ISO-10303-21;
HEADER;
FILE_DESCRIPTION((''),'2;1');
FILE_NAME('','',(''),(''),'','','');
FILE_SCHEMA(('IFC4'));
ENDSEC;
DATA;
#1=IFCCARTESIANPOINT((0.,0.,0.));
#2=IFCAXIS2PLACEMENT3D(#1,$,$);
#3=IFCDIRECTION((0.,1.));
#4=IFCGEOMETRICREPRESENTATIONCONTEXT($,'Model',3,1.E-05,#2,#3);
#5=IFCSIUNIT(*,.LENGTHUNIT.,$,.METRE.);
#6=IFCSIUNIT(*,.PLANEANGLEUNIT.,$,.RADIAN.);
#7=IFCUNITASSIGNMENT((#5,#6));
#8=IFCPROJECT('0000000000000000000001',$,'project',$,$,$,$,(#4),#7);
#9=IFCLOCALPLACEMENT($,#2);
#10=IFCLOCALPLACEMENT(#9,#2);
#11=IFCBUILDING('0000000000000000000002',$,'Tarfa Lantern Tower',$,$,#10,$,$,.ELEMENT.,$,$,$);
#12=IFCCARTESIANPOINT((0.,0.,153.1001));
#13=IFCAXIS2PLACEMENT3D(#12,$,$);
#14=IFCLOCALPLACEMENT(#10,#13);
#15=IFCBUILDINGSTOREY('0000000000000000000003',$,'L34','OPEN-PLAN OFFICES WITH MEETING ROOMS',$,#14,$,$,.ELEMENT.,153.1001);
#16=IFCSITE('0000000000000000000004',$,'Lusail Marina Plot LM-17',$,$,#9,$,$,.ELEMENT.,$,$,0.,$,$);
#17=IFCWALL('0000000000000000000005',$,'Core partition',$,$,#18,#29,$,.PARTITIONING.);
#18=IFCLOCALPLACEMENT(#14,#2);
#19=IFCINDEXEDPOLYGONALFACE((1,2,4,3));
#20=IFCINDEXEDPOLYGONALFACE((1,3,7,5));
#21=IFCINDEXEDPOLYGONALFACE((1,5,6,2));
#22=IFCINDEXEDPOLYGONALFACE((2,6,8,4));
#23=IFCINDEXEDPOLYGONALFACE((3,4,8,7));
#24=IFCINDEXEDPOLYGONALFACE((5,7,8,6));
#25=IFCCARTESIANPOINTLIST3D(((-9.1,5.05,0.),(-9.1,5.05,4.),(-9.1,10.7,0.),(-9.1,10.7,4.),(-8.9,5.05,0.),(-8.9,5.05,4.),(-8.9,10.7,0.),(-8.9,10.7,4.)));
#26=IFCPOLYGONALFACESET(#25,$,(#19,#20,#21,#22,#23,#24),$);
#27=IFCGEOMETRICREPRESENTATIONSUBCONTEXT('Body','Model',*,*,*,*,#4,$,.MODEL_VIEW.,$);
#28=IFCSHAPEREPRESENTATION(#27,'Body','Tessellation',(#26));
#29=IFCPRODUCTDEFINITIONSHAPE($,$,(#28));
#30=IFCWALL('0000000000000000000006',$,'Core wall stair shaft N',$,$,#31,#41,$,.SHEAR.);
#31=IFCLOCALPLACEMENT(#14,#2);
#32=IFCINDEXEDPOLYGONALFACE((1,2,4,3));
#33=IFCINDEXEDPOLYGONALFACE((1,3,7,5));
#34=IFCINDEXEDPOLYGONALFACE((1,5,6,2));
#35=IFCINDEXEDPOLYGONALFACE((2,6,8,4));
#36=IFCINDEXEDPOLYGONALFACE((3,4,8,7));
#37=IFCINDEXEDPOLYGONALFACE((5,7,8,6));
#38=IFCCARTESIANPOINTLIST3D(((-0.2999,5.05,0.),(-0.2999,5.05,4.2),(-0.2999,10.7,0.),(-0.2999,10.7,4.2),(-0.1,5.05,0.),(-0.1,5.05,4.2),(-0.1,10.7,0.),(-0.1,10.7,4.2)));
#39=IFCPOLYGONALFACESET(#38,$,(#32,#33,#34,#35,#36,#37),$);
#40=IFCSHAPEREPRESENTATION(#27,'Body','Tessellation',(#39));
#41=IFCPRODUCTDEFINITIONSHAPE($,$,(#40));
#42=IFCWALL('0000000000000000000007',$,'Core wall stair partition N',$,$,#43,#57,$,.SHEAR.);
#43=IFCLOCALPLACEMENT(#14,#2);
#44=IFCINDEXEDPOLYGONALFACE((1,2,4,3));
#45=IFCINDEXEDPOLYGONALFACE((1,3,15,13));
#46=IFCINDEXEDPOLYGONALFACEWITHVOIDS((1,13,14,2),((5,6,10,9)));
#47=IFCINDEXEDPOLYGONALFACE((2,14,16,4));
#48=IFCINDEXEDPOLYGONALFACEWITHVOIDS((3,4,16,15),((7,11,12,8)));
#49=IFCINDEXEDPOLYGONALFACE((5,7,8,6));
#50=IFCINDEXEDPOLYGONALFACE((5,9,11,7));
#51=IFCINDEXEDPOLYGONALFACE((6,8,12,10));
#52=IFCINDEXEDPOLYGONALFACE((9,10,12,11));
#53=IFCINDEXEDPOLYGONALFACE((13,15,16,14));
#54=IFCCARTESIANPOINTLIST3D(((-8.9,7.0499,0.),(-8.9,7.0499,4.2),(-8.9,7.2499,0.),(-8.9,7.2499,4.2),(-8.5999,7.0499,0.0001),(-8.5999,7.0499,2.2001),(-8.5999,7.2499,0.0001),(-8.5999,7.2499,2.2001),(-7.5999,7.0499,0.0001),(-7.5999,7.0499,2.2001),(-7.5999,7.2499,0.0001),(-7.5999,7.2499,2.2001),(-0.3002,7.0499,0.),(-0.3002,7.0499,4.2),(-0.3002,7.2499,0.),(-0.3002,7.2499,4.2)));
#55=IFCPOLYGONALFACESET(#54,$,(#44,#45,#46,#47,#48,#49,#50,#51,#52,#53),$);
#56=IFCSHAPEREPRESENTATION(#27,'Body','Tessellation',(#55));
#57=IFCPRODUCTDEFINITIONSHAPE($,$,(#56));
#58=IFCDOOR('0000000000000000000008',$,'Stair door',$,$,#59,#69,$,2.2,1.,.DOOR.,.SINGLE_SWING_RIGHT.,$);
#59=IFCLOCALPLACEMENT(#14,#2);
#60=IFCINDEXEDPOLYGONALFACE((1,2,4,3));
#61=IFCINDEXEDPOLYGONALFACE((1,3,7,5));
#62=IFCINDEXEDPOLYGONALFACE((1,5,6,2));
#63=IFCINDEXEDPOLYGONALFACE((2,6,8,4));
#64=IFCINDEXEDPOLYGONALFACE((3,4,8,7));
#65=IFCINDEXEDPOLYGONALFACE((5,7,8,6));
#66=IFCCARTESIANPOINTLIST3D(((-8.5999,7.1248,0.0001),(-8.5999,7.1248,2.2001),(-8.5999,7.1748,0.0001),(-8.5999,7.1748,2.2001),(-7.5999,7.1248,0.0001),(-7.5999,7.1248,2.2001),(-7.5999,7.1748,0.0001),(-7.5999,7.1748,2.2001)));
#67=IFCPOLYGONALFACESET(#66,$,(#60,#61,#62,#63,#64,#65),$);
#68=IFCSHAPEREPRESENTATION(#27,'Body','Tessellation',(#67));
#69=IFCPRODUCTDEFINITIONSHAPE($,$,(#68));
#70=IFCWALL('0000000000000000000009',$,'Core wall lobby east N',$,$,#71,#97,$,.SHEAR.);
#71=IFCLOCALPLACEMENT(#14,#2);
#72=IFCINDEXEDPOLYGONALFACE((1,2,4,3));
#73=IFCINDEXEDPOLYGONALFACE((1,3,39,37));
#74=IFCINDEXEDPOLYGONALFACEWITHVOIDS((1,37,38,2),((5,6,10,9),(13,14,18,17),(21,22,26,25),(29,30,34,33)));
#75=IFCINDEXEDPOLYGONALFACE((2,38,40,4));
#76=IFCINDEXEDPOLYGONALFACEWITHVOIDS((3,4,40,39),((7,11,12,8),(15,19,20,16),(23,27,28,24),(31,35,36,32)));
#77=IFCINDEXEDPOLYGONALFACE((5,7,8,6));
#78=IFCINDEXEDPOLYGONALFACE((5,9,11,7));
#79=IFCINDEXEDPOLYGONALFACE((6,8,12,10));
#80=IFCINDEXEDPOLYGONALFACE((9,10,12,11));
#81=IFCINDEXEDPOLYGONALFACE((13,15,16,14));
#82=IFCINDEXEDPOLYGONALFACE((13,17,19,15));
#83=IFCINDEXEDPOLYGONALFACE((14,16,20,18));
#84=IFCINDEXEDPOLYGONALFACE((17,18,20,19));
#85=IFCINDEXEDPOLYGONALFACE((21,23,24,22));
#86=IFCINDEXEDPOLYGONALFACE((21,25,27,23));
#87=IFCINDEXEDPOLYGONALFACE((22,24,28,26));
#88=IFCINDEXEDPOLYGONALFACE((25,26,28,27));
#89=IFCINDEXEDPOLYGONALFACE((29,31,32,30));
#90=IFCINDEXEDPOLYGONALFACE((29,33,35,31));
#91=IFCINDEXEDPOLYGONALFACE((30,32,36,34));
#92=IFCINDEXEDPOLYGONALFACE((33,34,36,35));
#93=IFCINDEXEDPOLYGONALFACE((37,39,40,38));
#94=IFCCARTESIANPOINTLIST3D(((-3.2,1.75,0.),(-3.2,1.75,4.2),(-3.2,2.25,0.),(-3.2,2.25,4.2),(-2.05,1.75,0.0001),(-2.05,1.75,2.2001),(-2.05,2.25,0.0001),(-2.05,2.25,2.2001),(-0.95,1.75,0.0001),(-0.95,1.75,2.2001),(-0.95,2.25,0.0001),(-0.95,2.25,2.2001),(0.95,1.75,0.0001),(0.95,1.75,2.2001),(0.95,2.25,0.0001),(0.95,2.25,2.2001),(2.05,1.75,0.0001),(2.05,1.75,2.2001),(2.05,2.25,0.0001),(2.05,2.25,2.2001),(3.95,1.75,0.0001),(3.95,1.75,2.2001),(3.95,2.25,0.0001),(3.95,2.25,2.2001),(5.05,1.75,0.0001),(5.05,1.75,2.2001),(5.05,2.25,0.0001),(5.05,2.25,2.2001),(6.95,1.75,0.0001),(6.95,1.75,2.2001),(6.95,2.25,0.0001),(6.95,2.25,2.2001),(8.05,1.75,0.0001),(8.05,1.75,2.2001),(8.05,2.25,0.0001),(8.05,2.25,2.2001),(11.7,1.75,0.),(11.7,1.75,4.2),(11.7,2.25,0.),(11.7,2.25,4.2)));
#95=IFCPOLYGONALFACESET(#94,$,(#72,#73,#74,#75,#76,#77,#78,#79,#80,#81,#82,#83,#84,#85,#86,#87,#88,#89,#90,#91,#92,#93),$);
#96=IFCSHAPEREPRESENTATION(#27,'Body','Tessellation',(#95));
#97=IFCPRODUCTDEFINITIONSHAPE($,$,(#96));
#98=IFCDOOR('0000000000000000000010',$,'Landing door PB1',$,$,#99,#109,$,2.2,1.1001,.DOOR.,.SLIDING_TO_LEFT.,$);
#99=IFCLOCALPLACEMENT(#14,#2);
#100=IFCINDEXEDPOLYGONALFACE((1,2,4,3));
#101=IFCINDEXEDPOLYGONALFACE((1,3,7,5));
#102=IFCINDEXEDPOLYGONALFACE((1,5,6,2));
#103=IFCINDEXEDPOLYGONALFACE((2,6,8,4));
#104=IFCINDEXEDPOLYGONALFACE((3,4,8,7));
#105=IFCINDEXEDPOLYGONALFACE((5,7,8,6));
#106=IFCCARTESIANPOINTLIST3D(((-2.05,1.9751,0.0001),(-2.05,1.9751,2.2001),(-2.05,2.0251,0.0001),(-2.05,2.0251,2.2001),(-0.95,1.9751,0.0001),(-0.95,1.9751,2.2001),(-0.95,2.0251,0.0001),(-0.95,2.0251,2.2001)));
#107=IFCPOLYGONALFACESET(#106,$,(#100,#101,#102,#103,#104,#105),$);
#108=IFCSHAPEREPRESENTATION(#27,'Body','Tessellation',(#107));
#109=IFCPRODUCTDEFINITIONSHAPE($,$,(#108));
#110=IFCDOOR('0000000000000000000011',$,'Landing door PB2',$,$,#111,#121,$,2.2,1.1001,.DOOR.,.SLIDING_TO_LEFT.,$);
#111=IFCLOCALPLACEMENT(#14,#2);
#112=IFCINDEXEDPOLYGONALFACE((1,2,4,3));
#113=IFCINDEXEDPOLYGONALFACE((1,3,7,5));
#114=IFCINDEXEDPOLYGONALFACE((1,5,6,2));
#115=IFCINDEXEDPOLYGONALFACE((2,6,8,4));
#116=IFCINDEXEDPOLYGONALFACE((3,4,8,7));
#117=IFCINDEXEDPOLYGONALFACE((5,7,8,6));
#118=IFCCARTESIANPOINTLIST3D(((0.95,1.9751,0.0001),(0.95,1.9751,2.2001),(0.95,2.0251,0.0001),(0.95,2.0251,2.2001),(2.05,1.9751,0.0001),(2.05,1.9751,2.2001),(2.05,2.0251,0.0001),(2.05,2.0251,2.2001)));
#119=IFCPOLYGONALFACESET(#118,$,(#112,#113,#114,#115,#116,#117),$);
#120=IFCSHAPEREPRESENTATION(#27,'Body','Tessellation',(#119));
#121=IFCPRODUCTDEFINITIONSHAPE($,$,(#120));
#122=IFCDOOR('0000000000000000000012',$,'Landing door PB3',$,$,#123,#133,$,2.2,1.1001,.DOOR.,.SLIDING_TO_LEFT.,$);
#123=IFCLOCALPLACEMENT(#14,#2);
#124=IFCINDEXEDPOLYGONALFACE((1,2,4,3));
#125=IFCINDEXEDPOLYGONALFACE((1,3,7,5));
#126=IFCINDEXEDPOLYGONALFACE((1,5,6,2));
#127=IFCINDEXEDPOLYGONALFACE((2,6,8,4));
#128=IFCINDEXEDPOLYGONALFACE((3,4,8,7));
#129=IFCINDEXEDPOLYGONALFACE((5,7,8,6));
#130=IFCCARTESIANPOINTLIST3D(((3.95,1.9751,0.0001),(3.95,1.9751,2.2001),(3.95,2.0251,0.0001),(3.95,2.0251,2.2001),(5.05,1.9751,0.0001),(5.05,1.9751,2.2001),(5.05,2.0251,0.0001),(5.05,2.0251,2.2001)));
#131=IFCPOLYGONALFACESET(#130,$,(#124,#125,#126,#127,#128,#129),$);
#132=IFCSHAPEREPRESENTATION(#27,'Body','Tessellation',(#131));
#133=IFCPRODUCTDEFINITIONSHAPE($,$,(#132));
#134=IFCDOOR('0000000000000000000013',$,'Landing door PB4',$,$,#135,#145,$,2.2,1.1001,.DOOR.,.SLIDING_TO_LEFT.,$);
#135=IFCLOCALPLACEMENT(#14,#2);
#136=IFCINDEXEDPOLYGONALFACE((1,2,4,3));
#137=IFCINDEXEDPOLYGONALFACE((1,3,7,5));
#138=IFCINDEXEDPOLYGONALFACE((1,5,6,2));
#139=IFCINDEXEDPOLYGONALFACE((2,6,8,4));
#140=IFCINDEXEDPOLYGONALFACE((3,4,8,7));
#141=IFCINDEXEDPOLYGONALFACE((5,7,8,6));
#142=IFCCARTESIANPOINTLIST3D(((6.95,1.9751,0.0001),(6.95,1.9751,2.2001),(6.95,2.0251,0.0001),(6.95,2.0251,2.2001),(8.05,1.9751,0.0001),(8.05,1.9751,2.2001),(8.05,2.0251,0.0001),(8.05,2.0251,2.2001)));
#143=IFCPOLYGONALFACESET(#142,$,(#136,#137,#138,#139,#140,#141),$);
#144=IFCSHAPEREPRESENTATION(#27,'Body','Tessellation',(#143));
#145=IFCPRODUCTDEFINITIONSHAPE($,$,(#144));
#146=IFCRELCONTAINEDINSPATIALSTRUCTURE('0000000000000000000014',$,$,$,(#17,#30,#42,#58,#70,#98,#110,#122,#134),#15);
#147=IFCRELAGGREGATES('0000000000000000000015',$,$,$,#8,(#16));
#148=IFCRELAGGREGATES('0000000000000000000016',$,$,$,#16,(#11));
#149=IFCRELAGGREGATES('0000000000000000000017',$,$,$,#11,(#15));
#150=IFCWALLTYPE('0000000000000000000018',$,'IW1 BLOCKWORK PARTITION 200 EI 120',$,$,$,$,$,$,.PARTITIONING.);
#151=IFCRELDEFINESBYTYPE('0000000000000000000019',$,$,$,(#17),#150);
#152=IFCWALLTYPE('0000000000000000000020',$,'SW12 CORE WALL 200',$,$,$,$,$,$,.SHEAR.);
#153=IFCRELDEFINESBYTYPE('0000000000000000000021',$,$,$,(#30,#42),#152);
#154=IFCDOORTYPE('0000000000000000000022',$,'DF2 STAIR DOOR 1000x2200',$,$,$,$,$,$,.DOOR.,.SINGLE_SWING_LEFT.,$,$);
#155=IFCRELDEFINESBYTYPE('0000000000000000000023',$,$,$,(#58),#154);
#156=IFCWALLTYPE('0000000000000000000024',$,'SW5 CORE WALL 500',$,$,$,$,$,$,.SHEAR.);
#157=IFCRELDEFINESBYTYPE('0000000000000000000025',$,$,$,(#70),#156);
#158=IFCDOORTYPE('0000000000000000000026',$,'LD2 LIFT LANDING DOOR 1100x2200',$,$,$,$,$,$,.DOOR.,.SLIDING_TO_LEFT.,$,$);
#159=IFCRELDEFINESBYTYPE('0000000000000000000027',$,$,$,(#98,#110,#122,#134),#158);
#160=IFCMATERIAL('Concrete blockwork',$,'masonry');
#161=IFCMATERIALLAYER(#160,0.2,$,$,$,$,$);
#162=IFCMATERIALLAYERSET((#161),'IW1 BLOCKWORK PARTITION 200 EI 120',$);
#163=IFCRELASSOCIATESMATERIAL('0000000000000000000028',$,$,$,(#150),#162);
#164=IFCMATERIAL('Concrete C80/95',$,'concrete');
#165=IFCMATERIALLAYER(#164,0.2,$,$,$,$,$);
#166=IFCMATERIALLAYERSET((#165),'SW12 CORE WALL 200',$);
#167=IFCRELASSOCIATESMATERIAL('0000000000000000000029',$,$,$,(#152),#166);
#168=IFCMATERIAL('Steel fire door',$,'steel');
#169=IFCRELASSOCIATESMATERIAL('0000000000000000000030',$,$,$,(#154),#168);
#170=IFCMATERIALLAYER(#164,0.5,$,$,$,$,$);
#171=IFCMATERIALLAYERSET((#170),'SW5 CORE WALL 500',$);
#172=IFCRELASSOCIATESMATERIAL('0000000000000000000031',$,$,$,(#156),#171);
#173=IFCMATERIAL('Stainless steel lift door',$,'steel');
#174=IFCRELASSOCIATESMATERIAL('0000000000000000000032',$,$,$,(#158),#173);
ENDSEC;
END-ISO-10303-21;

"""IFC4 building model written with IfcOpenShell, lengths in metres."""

from ifc_helpers import new_model, si_unit, direction, frame, frame_2d, origin, place, context, subcontext, project, spatial, rectangle, extrude, material, layer, layer_set, type_object, element, fill, save


model = new_model("IFC4")

# Units and contexts
model_context = context("Model", 3, precision=1e-05, world=origin(), true_north=direction((0.0, 1.0)))
body_context = subcontext(model_context, "Body", "Model", "MODEL_VIEW")
ifc_project = project(units=[si_unit("LENGTHUNIT", "METRE"), si_unit("PLANEANGLEUNIT", "RADIAN")], contexts=[model_context])

# Site, building, storey
site_placement = place(None, origin())
site = spatial("IfcSite", under=ifc_project, at=site_placement, Name="Lusail Marina Plot LM-17", CompositionType="ELEMENT", RefElevation=0.0)
building_placement = place(site_placement, origin())
building = spatial("IfcBuilding", under=site, at=building_placement, Name="Tarfa Lantern Tower", CompositionType="ELEMENT")
storey_placement = place(building_placement, frame((0.0, 0.0, 153.1001)))
storey = spatial("IfcBuildingStorey", under=building, at=storey_placement, Name="L34", Description="OPEN-PLAN OFFICES WITH MEETING ROOMS", CompositionType="ELEMENT", Elevation=153.1001)

# Walls
ifc_material_1 = material(Name="Concrete blockwork", Category="masonry")
ifc_layer_1 = layer(ifc_material_1, 0.2)
ifc_layer_set_1 = layer_set([ifc_layer_1], Name="IW1 BLOCKWORK PARTITION 200 EI 120")
wall_type_1 = type_object("IfcWallType", Name="IW1 BLOCKWORK PARTITION 200 EI 120", PredefinedType="PARTITIONING", material=ifc_layer_set_1)
wall_1_placement = place(storey_placement, frame((-9.0, 5.05, 0.0), z_axis=(0.0, 0.0, 1.0), x_axis=(0.0, 1.0, 0.0)))
element("IfcWall", 1, at=wall_1_placement, inside=storey, type_object=wall_type_1, Name="Core partition", PredefinedType="PARTITIONING", context=body_context, shape_type="SweptSolid", body=[
    extrude(rectangle(XDim=5.6499, YDim=0.2, at=frame_2d((2.825, 0.0))), origin(), (0.0, 0.0, 1.0), 4.0),
])
ifc_material_2 = material(Name="Concrete C80/95", Category="concrete")
ifc_layer_2 = layer(ifc_material_2, 0.2)
ifc_layer_set_2 = layer_set([ifc_layer_2], Name="SW12 CORE WALL 200")
wall_type_2 = type_object("IfcWallType", Name="SW12 CORE WALL 200", PredefinedType="SHEAR", material=ifc_layer_set_2)
wall_2_placement = place(storey_placement, frame((-0.2, 5.05, 0.0), z_axis=(0.0, 0.0, 1.0), x_axis=(0.0, 1.0, 0.0)))
element("IfcWall", 2, at=wall_2_placement, inside=storey, type_object=wall_type_2, Name="Core wall stair shaft N", PredefinedType="SHEAR", context=body_context, shape_type="SweptSolid", body=[
    extrude(rectangle(XDim=5.6499, YDim=0.2, at=frame_2d((2.825, 0.0))), origin(), (0.0, 0.0, 1.0), 4.2),
])

# Wall, opening, door
wall_3_placement = place(storey_placement, frame((-8.8999, 7.1499, 0.0), z_axis=(0.0, 0.0, 1.0), x_axis=(1.0, 0.0, 0.0)))
wall_3 = element("IfcWall", 3, at=wall_3_placement, inside=storey, type_object=wall_type_2, Name="Core wall stair partition N", PredefinedType="SHEAR", context=body_context, shape_type="SweptSolid", body=[
    extrude(rectangle(XDim=8.5999, YDim=0.2, at=frame_2d((4.2998, 0.0))), origin(), (0.0, 0.0, 1.0), 4.2),
])
opening_1_placement = place(wall_3_placement, frame((0.3, 0.0, 0.0)))
opening_1 = element("IfcOpeningElement", 4, at=opening_1_placement, cuts=wall_3, PredefinedType="OPENING", context=body_context, shape_type="SweptSolid", body=[
    extrude(rectangle(XDim=1.0, YDim=2.2, at=frame_2d((0.5, 1.1001))), frame((0.0, 0.1099, 0.0), z_axis=(0.0, -1.0, 0.0), x_axis=(1.0, 0.0, 0.0)), (0.0, 0.0, 1.0), 0.22),
])
ifc_material_3 = material(Name="Steel fire door", Category="steel")
door_type_1 = type_object("IfcDoorType", Name="DF2 STAIR DOOR 1000x2200", OperationType="SINGLE_SWING_LEFT", PredefinedType="DOOR", material=ifc_material_3)
door_1_placement = place(opening_1_placement, origin())
door_1 = element("IfcDoor", 5, at=door_1_placement, inside=storey, type_object=door_type_1, Name="Stair door", OperationType="SINGLE_SWING_RIGHT", OverallHeight=2.2, OverallWidth=1.0, PredefinedType="DOOR", context=body_context, shape_type="SweptSolid", body=[
    extrude(rectangle(XDim=1.0, YDim=2.2, at=frame_2d((0.5, 1.1001))), frame((0.0, 0.0249, 0.0), z_axis=(0.0, -1.0, 0.0), x_axis=(1.0, 0.0, 0.0)), (0.0, 0.0, 1.0), 0.05),
])
fill(opening_1, door_1)

# Wall, openings, doors
ifc_layer_3 = layer(ifc_material_2, 0.5)
ifc_layer_set_3 = layer_set([ifc_layer_3], Name="SW5 CORE WALL 500")
wall_type_3 = type_object("IfcWallType", Name="SW5 CORE WALL 500", PredefinedType="SHEAR", material=ifc_layer_set_3)
wall_4_placement = place(storey_placement, frame((-3.2, 2.0, 0.0), z_axis=(0.0, 0.0, 1.0), x_axis=(1.0, 0.0, 0.0)))
wall_4 = element("IfcWall", 6, at=wall_4_placement, inside=storey, type_object=wall_type_3, Name="Core wall lobby east N", PredefinedType="SHEAR", context=body_context, shape_type="SweptSolid", body=[
    extrude(rectangle(XDim=14.8999, YDim=0.5, at=frame_2d((7.45, 0.0))), origin(), (0.0, 0.0, 1.0), 4.2),
])
opening_2_placement = place(wall_4_placement, frame((1.1499, 0.0, 0.0)))
opening_2 = element("IfcOpeningElement", 7, at=opening_2_placement, cuts=wall_4, PredefinedType="OPENING", context=body_context, shape_type="SweptSolid", body=[
    extrude(rectangle(XDim=1.1001, YDim=2.2, at=frame_2d((0.55, 1.1001))), frame((0.0, 0.26, 0.0), z_axis=(0.0, -1.0, 0.0), x_axis=(1.0, 0.0, 0.0)), (0.0, 0.0, 1.0), 0.52),
])
opening_3_placement = place(wall_4_placement, frame((4.1499, 0.0, 0.0)))
opening_3 = element("IfcOpeningElement", 8, at=opening_3_placement, cuts=wall_4, PredefinedType="OPENING", context=body_context, shape_type="SweptSolid", body=[
    extrude(rectangle(XDim=1.1001, YDim=2.2, at=frame_2d((0.55, 1.1001))), frame((0.0, 0.26, 0.0), z_axis=(0.0, -1.0, 0.0), x_axis=(1.0, 0.0, 0.0)), (0.0, 0.0, 1.0), 0.52),
])
opening_4_placement = place(wall_4_placement, frame((7.1499, 0.0, 0.0)))
opening_4 = element("IfcOpeningElement", 9, at=opening_4_placement, cuts=wall_4, PredefinedType="OPENING", context=body_context, shape_type="SweptSolid", body=[
    extrude(rectangle(XDim=1.1001, YDim=2.2, at=frame_2d((0.55, 1.1001))), frame((0.0, 0.26, 0.0), z_axis=(0.0, -1.0, 0.0), x_axis=(1.0, 0.0, 0.0)), (0.0, 0.0, 1.0), 0.52),
])
opening_5_placement = place(wall_4_placement, frame((10.1499, 0.0, 0.0)))
opening_5 = element("IfcOpeningElement", 10, at=opening_5_placement, cuts=wall_4, PredefinedType="OPENING", context=body_context, shape_type="SweptSolid", body=[
    extrude(rectangle(XDim=1.1001, YDim=2.2, at=frame_2d((0.55, 1.1001))), frame((0.0, 0.26, 0.0), z_axis=(0.0, -1.0, 0.0), x_axis=(1.0, 0.0, 0.0)), (0.0, 0.0, 1.0), 0.52),
])
ifc_material_4 = material(Name="Stainless steel lift door", Category="steel")
door_type_2 = type_object("IfcDoorType", Name="LD2 LIFT LANDING DOOR 1100x2200", OperationType="SLIDING_TO_LEFT", PredefinedType="DOOR", material=ifc_material_4)
door_2_placement = place(opening_2_placement, frame((1.1001, 0.0, 0.0), z_axis=(0.0, 0.0, 1.0), x_axis=(-1.0, 0.0, 0.0)))
door_2 = element("IfcDoor", 11, at=door_2_placement, inside=storey, type_object=door_type_2, Name="Landing door PB1", OperationType="SLIDING_TO_LEFT", OverallHeight=2.2, OverallWidth=1.1001, PredefinedType="DOOR", context=body_context, shape_type="SweptSolid", body=[
    extrude(rectangle(XDim=1.1001, YDim=2.2, at=frame_2d((0.55, 1.1001))), frame((0.0, 0.0249, 0.0), z_axis=(0.0, -1.0, 0.0), x_axis=(1.0, 0.0, 0.0)), (0.0, 0.0, 1.0), 0.05),
])
fill(opening_2, door_2)
door_3_placement = place(opening_3_placement, frame((1.1001, 0.0, 0.0), z_axis=(0.0, 0.0, 1.0), x_axis=(-1.0, 0.0, 0.0)))
door_3 = element("IfcDoor", 12, at=door_3_placement, inside=storey, type_object=door_type_2, Name="Landing door PB2", OperationType="SLIDING_TO_LEFT", OverallHeight=2.2, OverallWidth=1.1001, PredefinedType="DOOR", context=body_context, shape_type="SweptSolid", body=[
    extrude(rectangle(XDim=1.1001, YDim=2.2, at=frame_2d((0.55, 1.1001))), frame((0.0, 0.0249, 0.0), z_axis=(0.0, -1.0, 0.0), x_axis=(1.0, 0.0, 0.0)), (0.0, 0.0, 1.0), 0.05),
])
fill(opening_3, door_3)
door_4_placement = place(opening_4_placement, frame((1.1001, 0.0, 0.0), z_axis=(0.0, 0.0, 1.0), x_axis=(-1.0, 0.0, 0.0)))
door_4 = element("IfcDoor", 13, at=door_4_placement, inside=storey, type_object=door_type_2, Name="Landing door PB3", OperationType="SLIDING_TO_LEFT", OverallHeight=2.2, OverallWidth=1.1001, PredefinedType="DOOR", context=body_context, shape_type="SweptSolid", body=[
    extrude(rectangle(XDim=1.1001, YDim=2.2, at=frame_2d((0.55, 1.1001))), frame((0.0, 0.0249, 0.0), z_axis=(0.0, -1.0, 0.0), x_axis=(1.0, 0.0, 0.0)), (0.0, 0.0, 1.0), 0.05),
])
fill(opening_4, door_4)
door_5_placement = place(opening_5_placement, frame((1.1001, 0.0, 0.0), z_axis=(0.0, 0.0, 1.0), x_axis=(-1.0, 0.0, 0.0)))
door_5 = element("IfcDoor", 14, at=door_5_placement, inside=storey, type_object=door_type_2, Name="Landing door PB4", OperationType="SLIDING_TO_LEFT", OverallHeight=2.2, OverallWidth=1.1001, PredefinedType="DOOR", context=body_context, shape_type="SweptSolid", body=[
    extrude(rectangle(XDim=1.1001, YDim=2.2, at=frame_2d((0.55, 1.1001))), frame((0.0, 0.0249, 0.0), z_axis=(0.0, -1.0, 0.0), x_axis=(1.0, 0.0, 0.0)), (0.0, 0.0, 1.0), 0.05),
])
fill(opening_5, door_5)

save(model, "model.ifc")
